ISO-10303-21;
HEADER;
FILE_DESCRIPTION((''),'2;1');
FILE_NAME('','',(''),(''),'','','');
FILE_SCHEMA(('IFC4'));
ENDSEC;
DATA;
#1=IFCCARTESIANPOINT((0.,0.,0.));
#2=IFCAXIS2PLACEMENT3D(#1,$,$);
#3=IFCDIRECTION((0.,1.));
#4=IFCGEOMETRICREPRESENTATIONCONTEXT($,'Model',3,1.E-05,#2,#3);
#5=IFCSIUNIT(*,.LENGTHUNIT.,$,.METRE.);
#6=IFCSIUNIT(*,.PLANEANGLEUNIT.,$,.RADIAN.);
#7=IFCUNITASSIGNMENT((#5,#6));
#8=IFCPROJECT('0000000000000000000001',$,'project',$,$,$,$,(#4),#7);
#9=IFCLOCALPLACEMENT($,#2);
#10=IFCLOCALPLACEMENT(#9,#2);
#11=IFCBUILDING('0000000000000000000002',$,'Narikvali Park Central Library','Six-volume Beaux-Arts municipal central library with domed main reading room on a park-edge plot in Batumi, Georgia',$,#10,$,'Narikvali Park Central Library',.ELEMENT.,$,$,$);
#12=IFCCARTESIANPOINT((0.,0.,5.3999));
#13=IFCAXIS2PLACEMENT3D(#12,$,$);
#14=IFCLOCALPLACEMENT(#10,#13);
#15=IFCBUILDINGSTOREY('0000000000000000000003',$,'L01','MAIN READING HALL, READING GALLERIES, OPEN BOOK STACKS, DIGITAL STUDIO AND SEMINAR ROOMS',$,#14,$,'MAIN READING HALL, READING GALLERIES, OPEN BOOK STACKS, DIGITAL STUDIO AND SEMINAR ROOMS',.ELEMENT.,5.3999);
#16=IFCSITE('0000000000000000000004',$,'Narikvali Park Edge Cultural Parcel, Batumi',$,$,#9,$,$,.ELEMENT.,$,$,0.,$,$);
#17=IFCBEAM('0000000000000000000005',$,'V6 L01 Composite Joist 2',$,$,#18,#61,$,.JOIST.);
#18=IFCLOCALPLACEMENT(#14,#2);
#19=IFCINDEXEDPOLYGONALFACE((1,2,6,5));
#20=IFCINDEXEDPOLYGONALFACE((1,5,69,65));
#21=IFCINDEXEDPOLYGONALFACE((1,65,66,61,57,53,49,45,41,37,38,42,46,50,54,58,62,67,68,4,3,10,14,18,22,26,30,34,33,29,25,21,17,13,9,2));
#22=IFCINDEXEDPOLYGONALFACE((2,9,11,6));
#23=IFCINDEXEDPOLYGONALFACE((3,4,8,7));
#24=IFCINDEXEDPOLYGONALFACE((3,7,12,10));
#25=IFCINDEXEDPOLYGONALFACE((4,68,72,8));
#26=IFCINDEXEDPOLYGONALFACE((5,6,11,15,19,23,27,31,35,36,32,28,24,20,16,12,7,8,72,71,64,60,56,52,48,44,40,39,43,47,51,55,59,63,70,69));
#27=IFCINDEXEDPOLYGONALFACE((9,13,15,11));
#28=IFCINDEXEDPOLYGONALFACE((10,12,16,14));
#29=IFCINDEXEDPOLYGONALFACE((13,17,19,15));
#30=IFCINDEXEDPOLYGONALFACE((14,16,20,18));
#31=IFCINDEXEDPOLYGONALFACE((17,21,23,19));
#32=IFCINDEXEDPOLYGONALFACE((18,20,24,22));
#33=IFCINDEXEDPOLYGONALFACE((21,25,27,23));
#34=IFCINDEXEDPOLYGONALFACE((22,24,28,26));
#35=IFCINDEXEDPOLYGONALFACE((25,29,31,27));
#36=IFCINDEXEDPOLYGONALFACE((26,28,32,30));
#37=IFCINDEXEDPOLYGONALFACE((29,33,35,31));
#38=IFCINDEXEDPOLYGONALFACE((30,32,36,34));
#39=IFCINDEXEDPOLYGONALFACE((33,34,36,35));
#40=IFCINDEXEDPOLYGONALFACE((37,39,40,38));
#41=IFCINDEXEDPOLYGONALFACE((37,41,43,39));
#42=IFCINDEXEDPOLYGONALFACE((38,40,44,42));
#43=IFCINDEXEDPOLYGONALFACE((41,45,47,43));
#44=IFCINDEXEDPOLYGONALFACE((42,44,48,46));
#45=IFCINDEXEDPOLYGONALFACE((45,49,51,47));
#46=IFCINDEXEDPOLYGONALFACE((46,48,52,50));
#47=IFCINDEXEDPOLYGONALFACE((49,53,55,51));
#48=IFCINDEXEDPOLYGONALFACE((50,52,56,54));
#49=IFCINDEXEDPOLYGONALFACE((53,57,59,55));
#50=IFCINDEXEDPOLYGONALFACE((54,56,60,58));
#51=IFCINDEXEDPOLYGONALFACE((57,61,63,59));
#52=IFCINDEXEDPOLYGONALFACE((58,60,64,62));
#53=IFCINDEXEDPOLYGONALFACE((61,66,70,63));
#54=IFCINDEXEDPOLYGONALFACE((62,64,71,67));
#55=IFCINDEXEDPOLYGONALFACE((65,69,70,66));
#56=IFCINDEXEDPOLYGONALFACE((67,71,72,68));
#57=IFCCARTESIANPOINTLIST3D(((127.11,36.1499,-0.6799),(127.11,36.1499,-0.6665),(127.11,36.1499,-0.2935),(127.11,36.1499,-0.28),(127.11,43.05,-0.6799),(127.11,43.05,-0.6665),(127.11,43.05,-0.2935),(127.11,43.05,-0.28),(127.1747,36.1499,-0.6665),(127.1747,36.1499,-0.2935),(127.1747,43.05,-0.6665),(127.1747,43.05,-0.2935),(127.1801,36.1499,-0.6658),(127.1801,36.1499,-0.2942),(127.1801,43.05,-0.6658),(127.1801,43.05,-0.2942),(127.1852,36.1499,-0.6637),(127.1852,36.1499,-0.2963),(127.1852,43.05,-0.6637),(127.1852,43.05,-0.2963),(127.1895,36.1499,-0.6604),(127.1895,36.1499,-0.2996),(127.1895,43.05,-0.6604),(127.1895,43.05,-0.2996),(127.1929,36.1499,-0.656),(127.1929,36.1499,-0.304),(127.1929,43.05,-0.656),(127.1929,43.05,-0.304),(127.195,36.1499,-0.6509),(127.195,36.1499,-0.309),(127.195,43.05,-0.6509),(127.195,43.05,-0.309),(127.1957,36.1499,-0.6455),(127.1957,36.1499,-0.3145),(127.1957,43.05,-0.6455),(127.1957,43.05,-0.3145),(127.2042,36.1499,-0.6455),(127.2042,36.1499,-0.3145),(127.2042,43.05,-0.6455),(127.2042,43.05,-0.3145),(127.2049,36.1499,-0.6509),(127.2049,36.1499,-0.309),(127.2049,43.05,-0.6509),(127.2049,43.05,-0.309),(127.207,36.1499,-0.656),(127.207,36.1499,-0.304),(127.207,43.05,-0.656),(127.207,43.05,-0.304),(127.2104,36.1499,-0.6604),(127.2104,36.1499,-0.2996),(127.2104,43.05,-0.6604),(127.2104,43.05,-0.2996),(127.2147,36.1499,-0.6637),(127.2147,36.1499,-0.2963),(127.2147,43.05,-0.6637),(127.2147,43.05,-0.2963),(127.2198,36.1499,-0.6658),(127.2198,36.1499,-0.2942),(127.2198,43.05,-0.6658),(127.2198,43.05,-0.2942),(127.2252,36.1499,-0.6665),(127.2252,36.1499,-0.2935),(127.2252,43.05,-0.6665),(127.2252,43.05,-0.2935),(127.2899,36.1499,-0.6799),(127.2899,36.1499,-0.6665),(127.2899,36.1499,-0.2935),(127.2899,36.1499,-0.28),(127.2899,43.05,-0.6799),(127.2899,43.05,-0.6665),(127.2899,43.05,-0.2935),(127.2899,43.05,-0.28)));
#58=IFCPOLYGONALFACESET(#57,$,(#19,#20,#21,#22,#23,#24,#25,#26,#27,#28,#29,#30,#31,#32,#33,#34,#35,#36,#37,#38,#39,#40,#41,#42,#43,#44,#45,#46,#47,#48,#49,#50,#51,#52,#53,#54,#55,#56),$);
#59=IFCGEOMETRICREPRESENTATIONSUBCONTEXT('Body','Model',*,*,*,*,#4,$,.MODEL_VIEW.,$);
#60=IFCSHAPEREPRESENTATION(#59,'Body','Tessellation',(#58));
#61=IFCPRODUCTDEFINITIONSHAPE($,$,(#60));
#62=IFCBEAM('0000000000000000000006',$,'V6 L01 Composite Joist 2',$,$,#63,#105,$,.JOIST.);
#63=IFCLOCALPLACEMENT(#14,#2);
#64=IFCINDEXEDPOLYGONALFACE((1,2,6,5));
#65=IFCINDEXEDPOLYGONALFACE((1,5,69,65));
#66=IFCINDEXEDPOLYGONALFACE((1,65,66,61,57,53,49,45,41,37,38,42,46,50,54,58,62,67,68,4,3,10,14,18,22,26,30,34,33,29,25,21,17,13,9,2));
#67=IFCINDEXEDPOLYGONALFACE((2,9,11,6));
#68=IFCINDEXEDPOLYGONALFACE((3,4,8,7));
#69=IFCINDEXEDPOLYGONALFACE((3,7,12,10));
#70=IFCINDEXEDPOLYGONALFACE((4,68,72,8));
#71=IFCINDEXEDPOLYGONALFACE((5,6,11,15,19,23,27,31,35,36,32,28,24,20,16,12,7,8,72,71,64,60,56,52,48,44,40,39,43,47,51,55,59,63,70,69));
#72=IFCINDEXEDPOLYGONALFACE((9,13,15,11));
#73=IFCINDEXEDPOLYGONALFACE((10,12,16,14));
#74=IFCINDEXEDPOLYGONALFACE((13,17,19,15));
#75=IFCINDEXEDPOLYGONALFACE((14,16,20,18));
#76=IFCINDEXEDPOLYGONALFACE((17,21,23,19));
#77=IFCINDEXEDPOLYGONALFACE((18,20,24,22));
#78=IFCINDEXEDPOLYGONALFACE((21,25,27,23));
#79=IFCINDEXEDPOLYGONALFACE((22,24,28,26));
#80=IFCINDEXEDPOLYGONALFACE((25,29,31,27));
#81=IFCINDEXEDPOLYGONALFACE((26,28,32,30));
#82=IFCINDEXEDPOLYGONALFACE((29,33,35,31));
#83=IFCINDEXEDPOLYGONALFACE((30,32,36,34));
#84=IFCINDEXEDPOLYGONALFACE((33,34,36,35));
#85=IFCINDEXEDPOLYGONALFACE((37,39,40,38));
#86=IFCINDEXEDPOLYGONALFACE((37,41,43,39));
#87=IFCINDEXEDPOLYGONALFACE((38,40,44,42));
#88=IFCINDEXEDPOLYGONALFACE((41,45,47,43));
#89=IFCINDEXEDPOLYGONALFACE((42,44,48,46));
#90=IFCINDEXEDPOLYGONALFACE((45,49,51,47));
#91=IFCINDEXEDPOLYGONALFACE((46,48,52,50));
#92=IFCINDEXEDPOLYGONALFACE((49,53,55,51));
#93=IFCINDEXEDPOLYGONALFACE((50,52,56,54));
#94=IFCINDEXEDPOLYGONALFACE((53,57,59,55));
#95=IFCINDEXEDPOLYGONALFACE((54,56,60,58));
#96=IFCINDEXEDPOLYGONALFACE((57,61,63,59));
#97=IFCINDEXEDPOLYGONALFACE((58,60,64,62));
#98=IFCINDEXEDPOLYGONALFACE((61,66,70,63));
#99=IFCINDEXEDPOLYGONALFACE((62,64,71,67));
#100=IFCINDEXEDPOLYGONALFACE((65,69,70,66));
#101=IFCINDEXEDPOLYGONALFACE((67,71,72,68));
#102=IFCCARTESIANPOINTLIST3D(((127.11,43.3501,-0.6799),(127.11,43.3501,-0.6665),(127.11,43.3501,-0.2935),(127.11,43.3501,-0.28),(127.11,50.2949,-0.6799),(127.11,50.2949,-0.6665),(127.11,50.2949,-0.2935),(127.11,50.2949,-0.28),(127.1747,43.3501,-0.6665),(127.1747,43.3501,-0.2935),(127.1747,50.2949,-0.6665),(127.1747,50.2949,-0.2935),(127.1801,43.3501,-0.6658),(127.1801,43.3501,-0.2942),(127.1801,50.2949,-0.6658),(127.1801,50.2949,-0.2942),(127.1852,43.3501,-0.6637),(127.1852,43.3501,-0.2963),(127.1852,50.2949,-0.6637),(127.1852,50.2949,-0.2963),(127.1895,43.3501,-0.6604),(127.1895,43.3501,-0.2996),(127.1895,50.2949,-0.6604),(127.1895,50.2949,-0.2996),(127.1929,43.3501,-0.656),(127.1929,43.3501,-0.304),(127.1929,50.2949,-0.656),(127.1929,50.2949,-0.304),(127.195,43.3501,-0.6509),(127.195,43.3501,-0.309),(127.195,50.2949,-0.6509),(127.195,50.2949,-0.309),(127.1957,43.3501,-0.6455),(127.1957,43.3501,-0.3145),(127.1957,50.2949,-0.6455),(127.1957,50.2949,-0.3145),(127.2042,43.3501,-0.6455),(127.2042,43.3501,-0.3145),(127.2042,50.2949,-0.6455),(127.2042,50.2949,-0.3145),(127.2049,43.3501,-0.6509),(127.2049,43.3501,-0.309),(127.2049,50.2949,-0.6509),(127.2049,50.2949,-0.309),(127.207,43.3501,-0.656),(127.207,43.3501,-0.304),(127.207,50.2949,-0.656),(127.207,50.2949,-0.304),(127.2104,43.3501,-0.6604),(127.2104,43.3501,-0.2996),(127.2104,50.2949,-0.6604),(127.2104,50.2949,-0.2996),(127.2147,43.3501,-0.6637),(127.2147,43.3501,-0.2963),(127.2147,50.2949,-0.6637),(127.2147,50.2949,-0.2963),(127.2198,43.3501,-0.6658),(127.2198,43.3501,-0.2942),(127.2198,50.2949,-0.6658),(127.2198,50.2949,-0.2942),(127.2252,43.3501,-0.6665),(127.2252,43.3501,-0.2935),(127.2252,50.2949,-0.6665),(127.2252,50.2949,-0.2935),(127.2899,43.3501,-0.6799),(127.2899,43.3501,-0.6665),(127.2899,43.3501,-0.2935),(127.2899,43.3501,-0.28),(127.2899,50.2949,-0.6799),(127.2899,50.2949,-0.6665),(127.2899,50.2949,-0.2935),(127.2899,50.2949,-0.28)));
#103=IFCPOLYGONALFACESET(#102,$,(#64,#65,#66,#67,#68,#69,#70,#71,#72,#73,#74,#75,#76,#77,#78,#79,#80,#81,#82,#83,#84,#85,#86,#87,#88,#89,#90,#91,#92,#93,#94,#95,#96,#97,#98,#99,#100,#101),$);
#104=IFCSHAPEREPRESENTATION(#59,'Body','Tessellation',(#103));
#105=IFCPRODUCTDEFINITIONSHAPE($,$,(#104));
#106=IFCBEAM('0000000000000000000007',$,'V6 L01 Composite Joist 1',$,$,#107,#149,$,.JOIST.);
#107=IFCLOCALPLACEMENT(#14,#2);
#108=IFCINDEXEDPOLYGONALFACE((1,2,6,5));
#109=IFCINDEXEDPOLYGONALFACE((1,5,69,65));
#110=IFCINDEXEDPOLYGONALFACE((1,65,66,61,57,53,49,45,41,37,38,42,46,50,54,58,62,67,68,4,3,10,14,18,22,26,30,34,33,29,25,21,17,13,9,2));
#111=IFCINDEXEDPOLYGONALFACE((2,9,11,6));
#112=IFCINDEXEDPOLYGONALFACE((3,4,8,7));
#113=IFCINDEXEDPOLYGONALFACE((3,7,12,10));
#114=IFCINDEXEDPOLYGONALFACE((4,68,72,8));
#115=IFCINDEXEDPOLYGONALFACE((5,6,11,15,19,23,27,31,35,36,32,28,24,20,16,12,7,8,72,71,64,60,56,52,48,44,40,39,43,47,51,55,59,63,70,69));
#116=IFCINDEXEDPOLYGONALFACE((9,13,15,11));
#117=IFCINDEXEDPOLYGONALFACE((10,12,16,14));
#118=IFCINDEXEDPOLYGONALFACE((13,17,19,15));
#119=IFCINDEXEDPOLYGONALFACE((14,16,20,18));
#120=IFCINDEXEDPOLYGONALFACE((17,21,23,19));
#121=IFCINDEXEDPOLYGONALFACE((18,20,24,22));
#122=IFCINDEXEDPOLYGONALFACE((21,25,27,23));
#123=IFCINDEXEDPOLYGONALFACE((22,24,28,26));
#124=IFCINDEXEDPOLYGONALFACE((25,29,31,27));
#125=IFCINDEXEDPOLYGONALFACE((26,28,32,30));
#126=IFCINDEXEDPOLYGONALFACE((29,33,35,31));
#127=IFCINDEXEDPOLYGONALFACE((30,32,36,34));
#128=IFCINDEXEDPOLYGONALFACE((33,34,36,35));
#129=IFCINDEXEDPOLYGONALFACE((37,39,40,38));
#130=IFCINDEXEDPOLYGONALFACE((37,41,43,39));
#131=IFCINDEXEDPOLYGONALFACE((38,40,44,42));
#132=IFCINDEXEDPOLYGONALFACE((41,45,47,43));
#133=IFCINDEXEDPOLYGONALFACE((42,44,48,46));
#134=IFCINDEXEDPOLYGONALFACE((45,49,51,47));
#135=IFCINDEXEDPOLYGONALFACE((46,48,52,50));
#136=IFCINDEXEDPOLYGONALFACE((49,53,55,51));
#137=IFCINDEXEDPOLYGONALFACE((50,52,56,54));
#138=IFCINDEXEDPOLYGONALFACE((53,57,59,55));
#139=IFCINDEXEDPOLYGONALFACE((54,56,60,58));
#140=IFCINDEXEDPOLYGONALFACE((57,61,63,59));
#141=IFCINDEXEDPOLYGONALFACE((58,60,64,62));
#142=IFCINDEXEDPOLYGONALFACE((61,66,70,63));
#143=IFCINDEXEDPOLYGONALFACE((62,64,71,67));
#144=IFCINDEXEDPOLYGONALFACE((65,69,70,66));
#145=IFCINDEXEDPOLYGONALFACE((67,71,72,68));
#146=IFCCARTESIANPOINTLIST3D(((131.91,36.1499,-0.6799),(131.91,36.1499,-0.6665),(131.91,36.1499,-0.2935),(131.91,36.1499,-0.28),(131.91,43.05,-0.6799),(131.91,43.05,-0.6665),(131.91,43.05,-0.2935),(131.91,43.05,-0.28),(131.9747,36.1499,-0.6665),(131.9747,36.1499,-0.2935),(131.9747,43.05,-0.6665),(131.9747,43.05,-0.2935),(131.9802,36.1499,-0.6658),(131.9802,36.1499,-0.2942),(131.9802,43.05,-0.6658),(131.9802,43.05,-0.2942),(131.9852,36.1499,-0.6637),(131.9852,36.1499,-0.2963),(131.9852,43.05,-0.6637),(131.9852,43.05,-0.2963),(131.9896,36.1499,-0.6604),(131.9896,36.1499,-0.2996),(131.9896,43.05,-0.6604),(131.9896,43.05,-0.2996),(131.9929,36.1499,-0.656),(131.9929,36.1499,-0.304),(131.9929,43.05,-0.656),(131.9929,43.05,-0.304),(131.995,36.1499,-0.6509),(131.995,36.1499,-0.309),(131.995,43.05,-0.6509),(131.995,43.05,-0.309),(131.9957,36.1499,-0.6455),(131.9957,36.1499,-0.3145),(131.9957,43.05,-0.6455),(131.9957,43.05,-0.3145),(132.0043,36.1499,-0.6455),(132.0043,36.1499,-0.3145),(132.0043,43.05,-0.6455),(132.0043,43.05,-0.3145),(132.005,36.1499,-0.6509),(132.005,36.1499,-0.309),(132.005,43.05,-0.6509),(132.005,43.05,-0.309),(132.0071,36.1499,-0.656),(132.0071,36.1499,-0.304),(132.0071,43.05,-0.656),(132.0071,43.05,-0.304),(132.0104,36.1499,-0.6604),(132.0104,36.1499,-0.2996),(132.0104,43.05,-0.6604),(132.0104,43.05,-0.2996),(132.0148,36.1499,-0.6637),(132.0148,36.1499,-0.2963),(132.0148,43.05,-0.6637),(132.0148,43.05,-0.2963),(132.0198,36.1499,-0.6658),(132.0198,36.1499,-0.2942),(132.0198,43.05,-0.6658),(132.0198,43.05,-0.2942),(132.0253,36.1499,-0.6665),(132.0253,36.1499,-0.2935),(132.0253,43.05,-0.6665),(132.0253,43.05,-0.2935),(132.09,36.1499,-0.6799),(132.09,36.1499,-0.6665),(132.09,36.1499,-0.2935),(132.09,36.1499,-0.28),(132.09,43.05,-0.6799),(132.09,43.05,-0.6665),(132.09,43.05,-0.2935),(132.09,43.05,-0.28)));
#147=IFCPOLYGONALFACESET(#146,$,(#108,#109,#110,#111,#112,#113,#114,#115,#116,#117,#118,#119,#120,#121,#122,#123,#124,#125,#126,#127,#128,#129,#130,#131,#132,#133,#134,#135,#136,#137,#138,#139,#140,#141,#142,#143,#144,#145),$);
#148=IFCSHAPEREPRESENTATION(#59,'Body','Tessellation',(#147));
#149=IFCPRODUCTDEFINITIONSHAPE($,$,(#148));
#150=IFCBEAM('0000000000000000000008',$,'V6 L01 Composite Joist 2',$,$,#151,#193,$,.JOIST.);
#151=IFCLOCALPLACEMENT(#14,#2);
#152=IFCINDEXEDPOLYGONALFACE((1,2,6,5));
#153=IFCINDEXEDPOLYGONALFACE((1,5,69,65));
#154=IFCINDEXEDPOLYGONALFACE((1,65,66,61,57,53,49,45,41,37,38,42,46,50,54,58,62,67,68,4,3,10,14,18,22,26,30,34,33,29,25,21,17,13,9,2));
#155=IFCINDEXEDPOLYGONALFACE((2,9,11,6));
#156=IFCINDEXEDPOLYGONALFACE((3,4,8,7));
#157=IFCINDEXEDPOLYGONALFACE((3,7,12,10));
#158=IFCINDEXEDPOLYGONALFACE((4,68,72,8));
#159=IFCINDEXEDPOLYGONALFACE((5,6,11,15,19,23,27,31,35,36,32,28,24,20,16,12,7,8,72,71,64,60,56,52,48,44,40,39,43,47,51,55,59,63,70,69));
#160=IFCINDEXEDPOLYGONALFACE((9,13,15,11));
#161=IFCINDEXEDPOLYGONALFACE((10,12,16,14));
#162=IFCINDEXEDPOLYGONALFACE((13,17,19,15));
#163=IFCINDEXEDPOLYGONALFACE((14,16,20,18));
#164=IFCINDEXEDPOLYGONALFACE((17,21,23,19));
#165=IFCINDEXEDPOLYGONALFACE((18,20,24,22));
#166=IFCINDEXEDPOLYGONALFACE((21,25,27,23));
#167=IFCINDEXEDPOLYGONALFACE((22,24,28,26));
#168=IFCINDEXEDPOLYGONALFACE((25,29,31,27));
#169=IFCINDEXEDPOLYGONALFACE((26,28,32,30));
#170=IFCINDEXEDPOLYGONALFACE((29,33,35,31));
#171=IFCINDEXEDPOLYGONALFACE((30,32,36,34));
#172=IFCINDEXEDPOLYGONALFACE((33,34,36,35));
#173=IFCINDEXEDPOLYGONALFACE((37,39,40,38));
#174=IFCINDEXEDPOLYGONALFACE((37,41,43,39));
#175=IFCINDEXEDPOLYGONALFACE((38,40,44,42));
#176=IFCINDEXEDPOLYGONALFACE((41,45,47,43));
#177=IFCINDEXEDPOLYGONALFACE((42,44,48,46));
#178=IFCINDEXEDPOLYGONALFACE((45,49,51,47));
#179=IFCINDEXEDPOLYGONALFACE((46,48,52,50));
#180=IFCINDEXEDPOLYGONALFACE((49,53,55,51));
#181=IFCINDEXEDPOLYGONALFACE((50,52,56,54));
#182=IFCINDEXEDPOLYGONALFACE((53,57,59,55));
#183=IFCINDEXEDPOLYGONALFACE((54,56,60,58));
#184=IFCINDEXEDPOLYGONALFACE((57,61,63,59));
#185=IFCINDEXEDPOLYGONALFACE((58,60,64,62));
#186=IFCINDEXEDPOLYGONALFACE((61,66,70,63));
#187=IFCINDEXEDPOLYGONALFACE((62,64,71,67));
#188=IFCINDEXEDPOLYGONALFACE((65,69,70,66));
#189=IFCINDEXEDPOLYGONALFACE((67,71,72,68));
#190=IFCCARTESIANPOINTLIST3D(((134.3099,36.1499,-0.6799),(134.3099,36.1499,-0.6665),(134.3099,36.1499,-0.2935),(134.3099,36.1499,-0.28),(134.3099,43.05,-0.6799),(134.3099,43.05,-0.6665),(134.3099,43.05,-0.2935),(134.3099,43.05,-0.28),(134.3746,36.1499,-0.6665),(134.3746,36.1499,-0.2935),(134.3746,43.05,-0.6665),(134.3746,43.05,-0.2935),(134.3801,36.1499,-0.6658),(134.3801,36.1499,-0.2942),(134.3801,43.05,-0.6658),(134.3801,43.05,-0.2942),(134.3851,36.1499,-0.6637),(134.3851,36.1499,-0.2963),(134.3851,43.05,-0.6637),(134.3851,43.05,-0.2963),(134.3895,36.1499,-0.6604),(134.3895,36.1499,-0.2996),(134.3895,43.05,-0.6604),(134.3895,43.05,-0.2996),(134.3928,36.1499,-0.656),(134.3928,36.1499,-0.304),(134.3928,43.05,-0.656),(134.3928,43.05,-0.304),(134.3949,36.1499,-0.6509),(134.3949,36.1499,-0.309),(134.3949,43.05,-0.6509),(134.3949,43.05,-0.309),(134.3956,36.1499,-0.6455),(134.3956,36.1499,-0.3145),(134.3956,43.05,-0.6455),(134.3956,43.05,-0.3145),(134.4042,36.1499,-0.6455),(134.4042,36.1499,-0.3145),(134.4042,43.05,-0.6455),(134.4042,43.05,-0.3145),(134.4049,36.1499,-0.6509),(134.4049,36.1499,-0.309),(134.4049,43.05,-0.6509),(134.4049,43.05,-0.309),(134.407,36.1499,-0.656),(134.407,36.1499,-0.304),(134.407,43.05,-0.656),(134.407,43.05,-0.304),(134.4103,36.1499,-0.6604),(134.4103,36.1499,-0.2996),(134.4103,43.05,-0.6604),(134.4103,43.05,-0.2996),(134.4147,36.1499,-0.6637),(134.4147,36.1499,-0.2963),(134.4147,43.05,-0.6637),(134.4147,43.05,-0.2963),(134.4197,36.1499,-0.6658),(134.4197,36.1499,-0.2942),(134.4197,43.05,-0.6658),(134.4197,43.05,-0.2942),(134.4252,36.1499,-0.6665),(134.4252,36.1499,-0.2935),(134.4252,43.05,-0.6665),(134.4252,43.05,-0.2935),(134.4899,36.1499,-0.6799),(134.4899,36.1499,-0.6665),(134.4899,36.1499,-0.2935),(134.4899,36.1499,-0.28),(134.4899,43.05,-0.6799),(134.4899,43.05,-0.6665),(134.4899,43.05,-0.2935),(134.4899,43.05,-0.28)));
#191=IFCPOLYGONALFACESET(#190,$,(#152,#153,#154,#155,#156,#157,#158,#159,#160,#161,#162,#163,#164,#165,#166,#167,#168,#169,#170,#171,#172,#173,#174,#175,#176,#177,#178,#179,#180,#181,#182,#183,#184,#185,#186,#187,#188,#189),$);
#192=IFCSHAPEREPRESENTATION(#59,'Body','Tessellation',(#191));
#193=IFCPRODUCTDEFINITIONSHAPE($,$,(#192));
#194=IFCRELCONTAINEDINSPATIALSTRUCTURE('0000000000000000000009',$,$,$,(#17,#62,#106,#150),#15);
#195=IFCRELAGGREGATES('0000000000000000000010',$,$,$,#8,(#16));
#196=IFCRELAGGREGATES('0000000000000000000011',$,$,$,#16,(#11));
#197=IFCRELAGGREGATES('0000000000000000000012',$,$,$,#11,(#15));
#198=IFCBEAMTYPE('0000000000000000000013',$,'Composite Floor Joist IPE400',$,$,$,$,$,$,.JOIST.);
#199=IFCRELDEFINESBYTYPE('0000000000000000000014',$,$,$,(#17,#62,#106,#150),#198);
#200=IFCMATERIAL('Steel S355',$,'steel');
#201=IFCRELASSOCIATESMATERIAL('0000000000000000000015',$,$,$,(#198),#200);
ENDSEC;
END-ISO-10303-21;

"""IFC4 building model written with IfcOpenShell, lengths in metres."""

from ifc_helpers import new_model, si_unit, direction, frame, origin, origin_2d, place, context, subcontext, project, spatial, i_section, extrude, material, material_profile, profile_set, type_object, element, save


model = new_model("IFC4")

# Units and contexts
model_context = context("Model", 3, precision=1e-05, world=origin(), true_north=direction((0.0, 1.0)))
body_context = subcontext(model_context, "Body", "Model", "MODEL_VIEW")
ifc_project = project(units=[si_unit("LENGTHUNIT", "METRE"), si_unit("PLANEANGLEUNIT", "RADIAN")], contexts=[model_context])

# Site, building, storey
site_placement = place(None, origin())
site = spatial("IfcSite", under=ifc_project, at=site_placement, Name="Narikvali Park Edge Cultural Parcel, Batumi", CompositionType="ELEMENT", RefElevation=0.0)
building_placement = place(site_placement, origin())
building = spatial("IfcBuilding", under=site, at=building_placement, Name="Narikvali Park Central Library", Description="Six-volume Beaux-Arts municipal central library with domed main reading room on a park-edge plot in Batumi, Georgia", LongName="Narikvali Park Central Library", CompositionType="ELEMENT")
storey_placement = place(building_placement, frame((0.0, 0.0, 5.3999)))
storey = spatial("IfcBuildingStorey", under=building, at=storey_placement, Name="L01", Description="MAIN READING HALL, READING GALLERIES, OPEN BOOK STACKS, DIGITAL STUDIO AND SEMINAR ROOMS", LongName="MAIN READING HALL, READING GALLERIES, OPEN BOOK STACKS, DIGITAL STUDIO AND SEMINAR ROOMS", CompositionType="ELEMENT", Elevation=5.3999)

# Shared definitions
ifc_material_1 = material(Name="Steel S355", Category="steel")

# Beams
ifc_material_profile_1 = material_profile(ifc_material_1, i_section(OverallWidth=0.1799, OverallDepth=0.3999, WebThickness=0.0085, FlangeThickness=0.0134, FilletRadius=0.021, at=origin_2d()), Name="IPE 400")
ifc_profile_set_1 = profile_set([ifc_material_profile_1], Name="Steel S355")
beam_type_1 = type_object("IfcBeamType", Name="Composite Floor Joist IPE400", PredefinedType="JOIST", material=ifc_profile_set_1)
beam_1_placement = place(storey_placement, frame((127.2, 36.1499, -0.48), z_axis=(0.0, 1.0, 0.0), x_axis=(-1.0, 0.0, 0.0)))
element("IfcBeam", 1, at=beam_1_placement, inside=storey, type_object=beam_type_1, Name="V6 L01 Composite Joist 2", PredefinedType="JOIST", context=body_context, shape_type="SweptSolid", body=[
    extrude(i_section(OverallWidth=0.1799, OverallDepth=0.3999, WebThickness=0.0085, FlangeThickness=0.0134, FilletRadius=0.021, at=origin_2d()), origin(), (0.0, 0.0, 1.0), 6.9001),
])
beam_2_placement = place(storey_placement, frame((127.2, 43.3501, -0.48), z_axis=(0.0, 1.0, 0.0), x_axis=(-1.0, 0.0, 0.0)))
element("IfcBeam", 2, at=beam_2_placement, inside=storey, type_object=beam_type_1, Name="V6 L01 Composite Joist 2", PredefinedType="JOIST", context=body_context, shape_type="SweptSolid", body=[
    extrude(i_section(OverallWidth=0.1799, OverallDepth=0.3999, WebThickness=0.0085, FlangeThickness=0.0134, FilletRadius=0.021, at=origin_2d()), origin(), (0.0, 0.0, 1.0), 6.9448),
])
for number, where, z_axis, x_axis, name in (
    (3, (132.0, 36.1499, -0.48), (0.0, 1.0, 0.0), (-1.0, 0.0, 0.0), "V6 L01 Composite Joist 1"),
    (4, (134.3999, 36.1499, -0.48), (0.0, 1.0, 0.0), (-1.0, 0.0, 0.0), "V6 L01 Composite Joist 2"),
):
    element("IfcBeam", number, at=place(storey_placement, frame(where, z_axis=z_axis, x_axis=x_axis)), inside=storey, type_object=beam_type_1, Name=name, PredefinedType="JOIST", context=body_context, shape_type="SweptSolid", body=[
        extrude(i_section(OverallWidth=0.1799, OverallDepth=0.3999, WebThickness=0.0085, FlangeThickness=0.0134, FilletRadius=0.021, at=origin_2d()), origin(), (0.0, 0.0, 1.0), 6.9001),
    ])

save(model, "model.ifc")
